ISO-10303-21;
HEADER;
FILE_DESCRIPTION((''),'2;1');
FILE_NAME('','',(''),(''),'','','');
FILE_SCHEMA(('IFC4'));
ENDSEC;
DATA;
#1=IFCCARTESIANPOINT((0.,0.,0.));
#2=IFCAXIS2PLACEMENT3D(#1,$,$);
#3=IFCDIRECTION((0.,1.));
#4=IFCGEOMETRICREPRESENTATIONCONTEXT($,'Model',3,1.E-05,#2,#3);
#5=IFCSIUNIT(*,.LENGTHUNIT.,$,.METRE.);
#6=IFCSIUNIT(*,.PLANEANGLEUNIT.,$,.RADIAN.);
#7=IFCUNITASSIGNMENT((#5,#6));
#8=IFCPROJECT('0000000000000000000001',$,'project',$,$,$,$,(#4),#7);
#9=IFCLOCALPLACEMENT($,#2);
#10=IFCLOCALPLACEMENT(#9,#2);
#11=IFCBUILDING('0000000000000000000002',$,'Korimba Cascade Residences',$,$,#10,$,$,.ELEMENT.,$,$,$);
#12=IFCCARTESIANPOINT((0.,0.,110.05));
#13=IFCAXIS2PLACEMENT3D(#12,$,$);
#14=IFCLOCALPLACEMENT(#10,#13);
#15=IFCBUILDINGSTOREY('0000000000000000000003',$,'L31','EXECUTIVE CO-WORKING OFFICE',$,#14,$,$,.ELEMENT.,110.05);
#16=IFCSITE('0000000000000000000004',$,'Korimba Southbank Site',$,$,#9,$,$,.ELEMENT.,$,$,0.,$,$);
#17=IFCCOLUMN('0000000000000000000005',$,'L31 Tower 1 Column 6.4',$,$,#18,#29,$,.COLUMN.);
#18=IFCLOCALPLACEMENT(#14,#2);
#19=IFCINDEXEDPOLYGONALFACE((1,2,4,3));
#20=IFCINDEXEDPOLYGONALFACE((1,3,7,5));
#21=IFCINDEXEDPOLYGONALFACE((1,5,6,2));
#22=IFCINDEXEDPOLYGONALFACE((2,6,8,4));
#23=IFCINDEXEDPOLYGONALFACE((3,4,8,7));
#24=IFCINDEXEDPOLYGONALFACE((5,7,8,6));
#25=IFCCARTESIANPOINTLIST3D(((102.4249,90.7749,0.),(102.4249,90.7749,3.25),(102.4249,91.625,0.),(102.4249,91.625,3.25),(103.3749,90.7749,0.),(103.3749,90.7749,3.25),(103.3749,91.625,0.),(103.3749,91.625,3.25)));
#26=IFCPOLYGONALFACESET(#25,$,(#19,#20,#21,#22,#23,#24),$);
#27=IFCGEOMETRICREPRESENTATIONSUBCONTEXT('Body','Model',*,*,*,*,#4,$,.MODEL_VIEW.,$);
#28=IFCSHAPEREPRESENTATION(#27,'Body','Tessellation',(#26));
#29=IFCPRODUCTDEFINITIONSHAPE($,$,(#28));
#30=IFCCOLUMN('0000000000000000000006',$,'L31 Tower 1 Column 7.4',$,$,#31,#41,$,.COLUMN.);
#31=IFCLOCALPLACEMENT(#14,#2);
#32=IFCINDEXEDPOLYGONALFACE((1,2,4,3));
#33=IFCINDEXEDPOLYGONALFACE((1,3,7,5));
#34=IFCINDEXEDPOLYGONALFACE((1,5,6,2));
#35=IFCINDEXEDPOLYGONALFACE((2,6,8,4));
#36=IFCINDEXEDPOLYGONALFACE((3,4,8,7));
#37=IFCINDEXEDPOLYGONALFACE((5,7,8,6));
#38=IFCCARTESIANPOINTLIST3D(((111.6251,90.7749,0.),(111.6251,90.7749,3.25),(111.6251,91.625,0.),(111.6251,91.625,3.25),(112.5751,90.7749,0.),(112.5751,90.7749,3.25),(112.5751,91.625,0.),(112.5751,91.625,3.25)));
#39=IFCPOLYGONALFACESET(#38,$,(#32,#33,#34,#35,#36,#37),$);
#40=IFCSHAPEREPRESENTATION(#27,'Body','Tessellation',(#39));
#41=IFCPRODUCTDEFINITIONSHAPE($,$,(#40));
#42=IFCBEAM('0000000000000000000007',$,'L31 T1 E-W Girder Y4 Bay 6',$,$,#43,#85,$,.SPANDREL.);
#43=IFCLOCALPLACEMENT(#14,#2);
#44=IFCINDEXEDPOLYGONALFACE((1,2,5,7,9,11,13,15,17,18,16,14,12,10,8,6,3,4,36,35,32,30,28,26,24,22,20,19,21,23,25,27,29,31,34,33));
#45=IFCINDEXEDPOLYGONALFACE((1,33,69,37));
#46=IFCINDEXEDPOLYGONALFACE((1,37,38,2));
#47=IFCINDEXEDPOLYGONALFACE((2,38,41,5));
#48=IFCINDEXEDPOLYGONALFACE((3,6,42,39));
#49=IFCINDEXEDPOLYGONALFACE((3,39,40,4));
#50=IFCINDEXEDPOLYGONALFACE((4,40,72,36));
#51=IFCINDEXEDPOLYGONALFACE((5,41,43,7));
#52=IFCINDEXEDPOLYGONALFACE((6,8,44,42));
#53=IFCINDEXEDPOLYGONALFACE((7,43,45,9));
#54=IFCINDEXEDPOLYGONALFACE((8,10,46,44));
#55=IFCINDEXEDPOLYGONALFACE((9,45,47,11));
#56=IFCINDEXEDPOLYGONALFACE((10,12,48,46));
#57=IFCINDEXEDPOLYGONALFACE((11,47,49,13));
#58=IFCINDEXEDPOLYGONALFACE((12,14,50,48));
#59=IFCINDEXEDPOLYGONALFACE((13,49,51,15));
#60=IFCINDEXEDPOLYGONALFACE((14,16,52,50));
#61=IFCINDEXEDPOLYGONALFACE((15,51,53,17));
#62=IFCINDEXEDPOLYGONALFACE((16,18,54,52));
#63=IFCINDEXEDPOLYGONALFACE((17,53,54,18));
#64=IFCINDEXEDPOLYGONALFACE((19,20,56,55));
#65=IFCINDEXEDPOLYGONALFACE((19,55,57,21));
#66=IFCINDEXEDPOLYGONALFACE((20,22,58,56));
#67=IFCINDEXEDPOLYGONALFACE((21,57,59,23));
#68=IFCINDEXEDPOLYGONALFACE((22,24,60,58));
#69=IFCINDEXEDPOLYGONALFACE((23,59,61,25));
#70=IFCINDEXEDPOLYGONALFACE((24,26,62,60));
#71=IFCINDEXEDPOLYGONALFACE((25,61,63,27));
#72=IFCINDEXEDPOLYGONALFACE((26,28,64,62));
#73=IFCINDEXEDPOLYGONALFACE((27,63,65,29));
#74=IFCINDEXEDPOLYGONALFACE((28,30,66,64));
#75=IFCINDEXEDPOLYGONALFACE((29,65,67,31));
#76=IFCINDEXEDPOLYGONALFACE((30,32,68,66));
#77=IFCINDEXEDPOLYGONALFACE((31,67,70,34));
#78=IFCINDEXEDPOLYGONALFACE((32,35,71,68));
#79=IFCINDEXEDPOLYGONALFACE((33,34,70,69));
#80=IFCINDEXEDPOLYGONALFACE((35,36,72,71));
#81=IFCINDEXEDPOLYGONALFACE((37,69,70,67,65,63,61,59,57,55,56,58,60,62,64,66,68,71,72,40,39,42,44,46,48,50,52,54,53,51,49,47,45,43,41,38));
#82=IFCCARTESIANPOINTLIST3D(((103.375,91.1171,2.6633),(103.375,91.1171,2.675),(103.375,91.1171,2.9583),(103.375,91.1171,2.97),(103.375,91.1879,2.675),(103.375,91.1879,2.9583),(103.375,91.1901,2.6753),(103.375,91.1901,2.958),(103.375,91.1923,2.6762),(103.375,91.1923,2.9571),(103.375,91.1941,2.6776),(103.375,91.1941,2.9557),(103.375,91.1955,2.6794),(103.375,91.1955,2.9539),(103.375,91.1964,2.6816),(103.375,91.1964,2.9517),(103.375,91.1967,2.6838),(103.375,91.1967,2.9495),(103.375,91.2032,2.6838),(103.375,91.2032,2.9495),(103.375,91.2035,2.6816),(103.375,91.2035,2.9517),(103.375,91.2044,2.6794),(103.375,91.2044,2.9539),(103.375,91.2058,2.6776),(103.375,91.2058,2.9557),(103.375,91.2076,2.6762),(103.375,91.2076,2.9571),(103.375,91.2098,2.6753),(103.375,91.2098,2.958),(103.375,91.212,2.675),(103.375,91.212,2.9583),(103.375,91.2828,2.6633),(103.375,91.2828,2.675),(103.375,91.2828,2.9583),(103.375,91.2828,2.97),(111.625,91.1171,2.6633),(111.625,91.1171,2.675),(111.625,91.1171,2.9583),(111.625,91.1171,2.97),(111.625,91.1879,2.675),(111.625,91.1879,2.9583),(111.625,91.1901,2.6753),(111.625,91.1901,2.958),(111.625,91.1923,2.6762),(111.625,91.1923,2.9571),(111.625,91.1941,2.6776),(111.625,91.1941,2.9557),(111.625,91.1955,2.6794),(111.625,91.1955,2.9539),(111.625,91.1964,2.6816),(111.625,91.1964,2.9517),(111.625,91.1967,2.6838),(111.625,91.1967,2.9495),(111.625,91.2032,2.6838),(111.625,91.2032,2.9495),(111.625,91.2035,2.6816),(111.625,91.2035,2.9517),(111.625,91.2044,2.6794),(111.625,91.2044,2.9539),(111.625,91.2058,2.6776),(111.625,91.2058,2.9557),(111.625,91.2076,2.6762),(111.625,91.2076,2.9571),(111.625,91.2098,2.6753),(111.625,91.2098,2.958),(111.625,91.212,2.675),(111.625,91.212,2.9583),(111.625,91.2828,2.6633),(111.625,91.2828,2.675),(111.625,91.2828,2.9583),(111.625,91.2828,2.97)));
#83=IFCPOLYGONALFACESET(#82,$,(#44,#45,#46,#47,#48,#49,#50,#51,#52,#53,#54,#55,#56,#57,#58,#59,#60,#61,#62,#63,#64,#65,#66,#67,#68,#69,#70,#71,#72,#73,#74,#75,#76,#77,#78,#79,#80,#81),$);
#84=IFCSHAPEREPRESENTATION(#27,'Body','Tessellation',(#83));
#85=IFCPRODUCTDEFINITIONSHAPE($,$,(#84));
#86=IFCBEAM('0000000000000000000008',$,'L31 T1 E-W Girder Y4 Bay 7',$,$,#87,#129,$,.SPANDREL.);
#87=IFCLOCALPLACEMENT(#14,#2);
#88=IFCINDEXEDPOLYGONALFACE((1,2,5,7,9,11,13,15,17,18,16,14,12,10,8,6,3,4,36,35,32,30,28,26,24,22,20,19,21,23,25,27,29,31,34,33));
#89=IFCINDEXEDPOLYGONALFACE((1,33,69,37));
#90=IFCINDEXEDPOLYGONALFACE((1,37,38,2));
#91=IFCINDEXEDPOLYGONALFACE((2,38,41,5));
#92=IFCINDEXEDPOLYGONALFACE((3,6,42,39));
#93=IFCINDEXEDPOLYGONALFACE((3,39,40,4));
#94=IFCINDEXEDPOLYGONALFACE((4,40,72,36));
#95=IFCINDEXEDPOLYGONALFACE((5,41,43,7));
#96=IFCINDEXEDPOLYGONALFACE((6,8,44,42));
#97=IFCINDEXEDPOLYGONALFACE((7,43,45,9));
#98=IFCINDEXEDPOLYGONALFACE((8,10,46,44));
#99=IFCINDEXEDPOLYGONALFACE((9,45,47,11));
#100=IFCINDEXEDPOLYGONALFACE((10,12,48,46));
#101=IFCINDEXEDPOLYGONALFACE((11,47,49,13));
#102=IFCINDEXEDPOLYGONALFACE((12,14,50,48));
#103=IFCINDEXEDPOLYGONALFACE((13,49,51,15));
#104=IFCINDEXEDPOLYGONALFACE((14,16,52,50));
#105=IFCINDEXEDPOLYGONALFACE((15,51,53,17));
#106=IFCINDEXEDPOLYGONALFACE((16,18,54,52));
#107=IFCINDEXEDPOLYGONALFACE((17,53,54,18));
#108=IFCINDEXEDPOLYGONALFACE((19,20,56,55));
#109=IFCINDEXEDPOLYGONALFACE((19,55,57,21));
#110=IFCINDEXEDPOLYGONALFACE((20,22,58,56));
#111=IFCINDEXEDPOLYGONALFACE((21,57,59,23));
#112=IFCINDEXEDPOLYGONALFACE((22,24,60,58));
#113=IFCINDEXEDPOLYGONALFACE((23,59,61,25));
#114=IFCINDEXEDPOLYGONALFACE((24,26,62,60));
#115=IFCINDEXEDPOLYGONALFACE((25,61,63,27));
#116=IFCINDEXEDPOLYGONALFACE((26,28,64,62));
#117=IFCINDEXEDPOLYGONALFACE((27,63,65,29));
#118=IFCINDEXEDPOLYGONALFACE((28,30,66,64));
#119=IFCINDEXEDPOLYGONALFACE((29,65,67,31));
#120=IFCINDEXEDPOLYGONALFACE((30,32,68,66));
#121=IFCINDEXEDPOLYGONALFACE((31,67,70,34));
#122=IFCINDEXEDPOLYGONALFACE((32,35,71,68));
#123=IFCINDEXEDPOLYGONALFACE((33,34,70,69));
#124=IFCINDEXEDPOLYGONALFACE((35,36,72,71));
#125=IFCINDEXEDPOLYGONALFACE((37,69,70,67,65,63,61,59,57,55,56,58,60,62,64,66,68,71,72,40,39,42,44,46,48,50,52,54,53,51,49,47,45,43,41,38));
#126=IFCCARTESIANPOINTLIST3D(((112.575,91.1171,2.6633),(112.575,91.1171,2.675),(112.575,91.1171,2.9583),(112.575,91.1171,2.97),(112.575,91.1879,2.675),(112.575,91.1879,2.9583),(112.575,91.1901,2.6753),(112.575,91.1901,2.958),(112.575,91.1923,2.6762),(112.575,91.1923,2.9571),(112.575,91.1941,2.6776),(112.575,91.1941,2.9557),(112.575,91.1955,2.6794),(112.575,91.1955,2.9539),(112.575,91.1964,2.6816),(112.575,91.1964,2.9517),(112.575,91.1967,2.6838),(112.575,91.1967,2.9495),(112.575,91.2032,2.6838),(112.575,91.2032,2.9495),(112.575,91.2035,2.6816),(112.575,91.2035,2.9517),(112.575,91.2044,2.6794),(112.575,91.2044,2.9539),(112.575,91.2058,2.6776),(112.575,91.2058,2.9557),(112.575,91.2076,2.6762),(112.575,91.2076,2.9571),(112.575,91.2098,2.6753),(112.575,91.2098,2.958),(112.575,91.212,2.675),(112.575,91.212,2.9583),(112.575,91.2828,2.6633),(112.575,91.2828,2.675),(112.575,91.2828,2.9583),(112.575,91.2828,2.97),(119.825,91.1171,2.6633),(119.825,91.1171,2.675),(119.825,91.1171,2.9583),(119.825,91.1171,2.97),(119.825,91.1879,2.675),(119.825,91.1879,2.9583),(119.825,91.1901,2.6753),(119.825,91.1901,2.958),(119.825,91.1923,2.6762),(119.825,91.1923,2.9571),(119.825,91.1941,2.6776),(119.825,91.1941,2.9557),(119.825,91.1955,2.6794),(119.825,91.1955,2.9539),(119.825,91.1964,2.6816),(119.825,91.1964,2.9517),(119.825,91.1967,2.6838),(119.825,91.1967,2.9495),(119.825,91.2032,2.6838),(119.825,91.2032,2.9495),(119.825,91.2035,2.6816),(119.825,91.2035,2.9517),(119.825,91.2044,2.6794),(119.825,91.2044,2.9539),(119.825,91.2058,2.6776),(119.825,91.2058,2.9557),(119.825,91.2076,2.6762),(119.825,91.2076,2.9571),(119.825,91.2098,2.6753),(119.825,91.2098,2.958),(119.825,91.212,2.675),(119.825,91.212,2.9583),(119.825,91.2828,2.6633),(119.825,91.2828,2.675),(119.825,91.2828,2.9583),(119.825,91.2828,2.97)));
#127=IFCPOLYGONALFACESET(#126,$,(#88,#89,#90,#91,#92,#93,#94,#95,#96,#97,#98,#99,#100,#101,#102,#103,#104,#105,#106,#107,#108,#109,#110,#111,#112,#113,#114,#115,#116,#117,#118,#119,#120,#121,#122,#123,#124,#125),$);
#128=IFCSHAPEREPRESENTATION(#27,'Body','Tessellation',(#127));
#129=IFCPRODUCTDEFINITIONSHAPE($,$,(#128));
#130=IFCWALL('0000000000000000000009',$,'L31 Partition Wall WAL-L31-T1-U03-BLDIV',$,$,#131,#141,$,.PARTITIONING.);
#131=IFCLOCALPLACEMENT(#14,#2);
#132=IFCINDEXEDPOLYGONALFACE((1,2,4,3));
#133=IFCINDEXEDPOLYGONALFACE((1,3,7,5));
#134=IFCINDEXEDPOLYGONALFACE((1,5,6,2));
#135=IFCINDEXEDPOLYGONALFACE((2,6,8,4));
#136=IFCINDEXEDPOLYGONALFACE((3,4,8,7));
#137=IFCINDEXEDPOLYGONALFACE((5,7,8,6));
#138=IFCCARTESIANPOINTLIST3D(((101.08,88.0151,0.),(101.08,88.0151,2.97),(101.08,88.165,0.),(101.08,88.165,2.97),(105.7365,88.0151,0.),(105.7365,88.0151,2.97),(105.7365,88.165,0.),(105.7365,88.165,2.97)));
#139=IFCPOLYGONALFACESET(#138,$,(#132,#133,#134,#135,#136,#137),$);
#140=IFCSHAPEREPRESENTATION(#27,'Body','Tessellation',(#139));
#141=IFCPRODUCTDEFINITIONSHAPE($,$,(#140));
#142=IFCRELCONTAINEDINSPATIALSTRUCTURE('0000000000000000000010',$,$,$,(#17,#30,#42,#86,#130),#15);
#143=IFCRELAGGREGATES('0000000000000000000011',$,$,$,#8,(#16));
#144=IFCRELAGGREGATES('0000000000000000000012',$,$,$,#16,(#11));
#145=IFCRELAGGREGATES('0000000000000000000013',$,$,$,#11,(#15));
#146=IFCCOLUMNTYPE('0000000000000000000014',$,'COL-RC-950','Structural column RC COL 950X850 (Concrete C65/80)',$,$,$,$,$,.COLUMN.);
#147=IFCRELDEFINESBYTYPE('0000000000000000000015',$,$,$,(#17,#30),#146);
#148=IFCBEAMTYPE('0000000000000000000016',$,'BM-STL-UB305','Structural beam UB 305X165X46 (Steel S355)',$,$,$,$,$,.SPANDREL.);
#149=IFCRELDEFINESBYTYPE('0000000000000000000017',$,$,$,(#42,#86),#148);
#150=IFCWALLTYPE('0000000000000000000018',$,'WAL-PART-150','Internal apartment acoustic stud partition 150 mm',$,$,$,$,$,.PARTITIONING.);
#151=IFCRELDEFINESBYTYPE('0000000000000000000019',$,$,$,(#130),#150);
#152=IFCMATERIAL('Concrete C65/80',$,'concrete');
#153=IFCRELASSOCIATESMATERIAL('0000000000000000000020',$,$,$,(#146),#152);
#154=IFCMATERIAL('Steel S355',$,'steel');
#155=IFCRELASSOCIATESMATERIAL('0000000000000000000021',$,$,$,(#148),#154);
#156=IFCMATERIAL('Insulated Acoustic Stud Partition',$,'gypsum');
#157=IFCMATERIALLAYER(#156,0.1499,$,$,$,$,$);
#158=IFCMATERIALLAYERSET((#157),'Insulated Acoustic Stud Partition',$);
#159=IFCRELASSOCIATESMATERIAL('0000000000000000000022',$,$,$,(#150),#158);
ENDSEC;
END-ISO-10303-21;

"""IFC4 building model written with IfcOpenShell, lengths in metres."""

from ifc_helpers import new_model, si_unit, direction, frame, frame_2d, origin, origin_2d, place, context, subcontext, project, spatial, rectangle, i_section, extrude, material, layer, layer_set, material_profile, profile_set, type_object, element, save


model = new_model("IFC4")

# Units and contexts
model_context = context("Model", 3, precision=1e-05, world=origin(), true_north=direction((0.0, 1.0)))
body_context = subcontext(model_context, "Body", "Model", "MODEL_VIEW")
ifc_project = project(units=[si_unit("LENGTHUNIT", "METRE"), si_unit("PLANEANGLEUNIT", "RADIAN")], contexts=[model_context])

# Site, building, storey
site_placement = place(None, origin())
site = spatial("IfcSite", under=ifc_project, at=site_placement, Name="Korimba Southbank Site", CompositionType="ELEMENT", RefElevation=0.0)
building_placement = place(site_placement, origin())
building = spatial("IfcBuilding", under=site, at=building_placement, Name="Korimba Cascade Residences", CompositionType="ELEMENT")
storey_placement = place(building_placement, frame((0.0, 0.0, 110.05)))
storey = spatial("IfcBuildingStorey", under=building, at=storey_placement, Name="L31", Description="EXECUTIVE CO-WORKING OFFICE", CompositionType="ELEMENT", Elevation=110.05)

# Columns
ifc_material_1 = material(Name="Concrete C65/80", Category="concrete")
ifc_material_profile_1 = material_profile(ifc_material_1, rectangle(XDim=0.95, YDim=0.8501, at=origin_2d()), Name="Concrete C65/80")
ifc_profile_set_1 = profile_set([ifc_material_profile_1], Name="Concrete C65/80")
column_type = type_object("IfcColumnType", Name="COL-RC-950", Description="Structural column RC COL 950X850 (Concrete C65/80)", PredefinedType="COLUMN", material=ifc_profile_set_1)
for number, where, z_axis, x_axis, name in (
    (1, (102.8999, 91.2, 0.0), (0.0, 0.0, 1.0), (1.0, 0.0, 0.0), "L31 Tower 1 Column 6.4"),
    (2, (112.1001, 91.2, 0.0), (0.0, 0.0, 1.0), (1.0, 0.0, 0.0), "L31 Tower 1 Column 7.4"),
):
    element("IfcColumn", number, at=place(storey_placement, frame(where, z_axis=z_axis, x_axis=x_axis)), inside=storey, type_object=column_type, Name=name, PredefinedType="COLUMN", context=body_context, shape_type="SweptSolid", body=[
        extrude(rectangle(XDim=0.95, YDim=0.8501, at=origin_2d()), origin(), (0.0, 0.0, 1.0), 3.25),
    ])

# Beams
ifc_material_2 = material(Name="Steel S355", Category="steel")
ifc_material_profile_2 = material_profile(ifc_material_2, i_section(OverallWidth=0.1658, OverallDepth=0.3066, WebThickness=0.0066, FlangeThickness=0.0117, FilletRadius=0.0088, at=origin_2d()), Name="Steel S355")
ifc_profile_set_2 = profile_set([ifc_material_profile_2], Name="Steel S355")
beam_type = type_object("IfcBeamType", Name="BM-STL-UB305", Description="Structural beam UB 305X165X46 (Steel S355)", PredefinedType="SPANDREL", material=ifc_profile_set_2)
beam_1_placement = place(storey_placement, frame((103.375, 91.2, 2.8167), z_axis=(1.0, 0.0, 0.0), x_axis=(0.0, 1.0, 0.0)))
element("IfcBeam", 3, at=beam_1_placement, inside=storey, type_object=beam_type, Name="L31 T1 E-W Girder Y4 Bay 6", PredefinedType="SPANDREL", context=body_context, shape_type="SweptSolid", body=[
    extrude(i_section(OverallWidth=0.1658, OverallDepth=0.3066, WebThickness=0.0066, FlangeThickness=0.0117, FilletRadius=0.0088, at=origin_2d()), origin(), (0.0, 0.0, 1.0), 8.25),
])
beam_2_placement = place(storey_placement, frame((112.575, 91.2, 2.8167), z_axis=(1.0, 0.0, 0.0), x_axis=(0.0, 1.0, 0.0)))
element("IfcBeam", 4, at=beam_2_placement, inside=storey, type_object=beam_type, Name="L31 T1 E-W Girder Y4 Bay 7", PredefinedType="SPANDREL", context=body_context, shape_type="SweptSolid", body=[
    extrude(i_section(OverallWidth=0.1658, OverallDepth=0.3066, WebThickness=0.0066, FlangeThickness=0.0117, FilletRadius=0.0088, at=origin_2d()), origin(), (0.0, 0.0, 1.0), 7.25),
])

# Wall
ifc_material_3 = material(Name="Insulated Acoustic Stud Partition", Category="gypsum")
ifc_layer = layer(ifc_material_3, 0.1499)
ifc_layer_set = layer_set([ifc_layer], Name="Insulated Acoustic Stud Partition")
wall_type = type_object("IfcWallType", Name="WAL-PART-150", Description="Internal apartment acoustic stud partition 150 mm", PredefinedType="PARTITIONING", material=ifc_layer_set)
wall_1_placement = place(storey_placement, frame((101.0801, 88.0901, 0.0), z_axis=(0.0, 0.0, 1.0), x_axis=(1.0, 0.0, 0.0)))
element("IfcWall", 5, at=wall_1_placement, inside=storey, type_object=wall_type, Name="L31 Partition Wall WAL-L31-T1-U03-BLDIV", PredefinedType="PARTITIONING", context=body_context, shape_type="SweptSolid", body=[
    extrude(rectangle(XDim=4.6565, YDim=0.1499, at=frame_2d((2.3281, 0.0))), origin(), (0.0, 0.0, 1.0), 2.97),
])

save(model, "model.ifc")
